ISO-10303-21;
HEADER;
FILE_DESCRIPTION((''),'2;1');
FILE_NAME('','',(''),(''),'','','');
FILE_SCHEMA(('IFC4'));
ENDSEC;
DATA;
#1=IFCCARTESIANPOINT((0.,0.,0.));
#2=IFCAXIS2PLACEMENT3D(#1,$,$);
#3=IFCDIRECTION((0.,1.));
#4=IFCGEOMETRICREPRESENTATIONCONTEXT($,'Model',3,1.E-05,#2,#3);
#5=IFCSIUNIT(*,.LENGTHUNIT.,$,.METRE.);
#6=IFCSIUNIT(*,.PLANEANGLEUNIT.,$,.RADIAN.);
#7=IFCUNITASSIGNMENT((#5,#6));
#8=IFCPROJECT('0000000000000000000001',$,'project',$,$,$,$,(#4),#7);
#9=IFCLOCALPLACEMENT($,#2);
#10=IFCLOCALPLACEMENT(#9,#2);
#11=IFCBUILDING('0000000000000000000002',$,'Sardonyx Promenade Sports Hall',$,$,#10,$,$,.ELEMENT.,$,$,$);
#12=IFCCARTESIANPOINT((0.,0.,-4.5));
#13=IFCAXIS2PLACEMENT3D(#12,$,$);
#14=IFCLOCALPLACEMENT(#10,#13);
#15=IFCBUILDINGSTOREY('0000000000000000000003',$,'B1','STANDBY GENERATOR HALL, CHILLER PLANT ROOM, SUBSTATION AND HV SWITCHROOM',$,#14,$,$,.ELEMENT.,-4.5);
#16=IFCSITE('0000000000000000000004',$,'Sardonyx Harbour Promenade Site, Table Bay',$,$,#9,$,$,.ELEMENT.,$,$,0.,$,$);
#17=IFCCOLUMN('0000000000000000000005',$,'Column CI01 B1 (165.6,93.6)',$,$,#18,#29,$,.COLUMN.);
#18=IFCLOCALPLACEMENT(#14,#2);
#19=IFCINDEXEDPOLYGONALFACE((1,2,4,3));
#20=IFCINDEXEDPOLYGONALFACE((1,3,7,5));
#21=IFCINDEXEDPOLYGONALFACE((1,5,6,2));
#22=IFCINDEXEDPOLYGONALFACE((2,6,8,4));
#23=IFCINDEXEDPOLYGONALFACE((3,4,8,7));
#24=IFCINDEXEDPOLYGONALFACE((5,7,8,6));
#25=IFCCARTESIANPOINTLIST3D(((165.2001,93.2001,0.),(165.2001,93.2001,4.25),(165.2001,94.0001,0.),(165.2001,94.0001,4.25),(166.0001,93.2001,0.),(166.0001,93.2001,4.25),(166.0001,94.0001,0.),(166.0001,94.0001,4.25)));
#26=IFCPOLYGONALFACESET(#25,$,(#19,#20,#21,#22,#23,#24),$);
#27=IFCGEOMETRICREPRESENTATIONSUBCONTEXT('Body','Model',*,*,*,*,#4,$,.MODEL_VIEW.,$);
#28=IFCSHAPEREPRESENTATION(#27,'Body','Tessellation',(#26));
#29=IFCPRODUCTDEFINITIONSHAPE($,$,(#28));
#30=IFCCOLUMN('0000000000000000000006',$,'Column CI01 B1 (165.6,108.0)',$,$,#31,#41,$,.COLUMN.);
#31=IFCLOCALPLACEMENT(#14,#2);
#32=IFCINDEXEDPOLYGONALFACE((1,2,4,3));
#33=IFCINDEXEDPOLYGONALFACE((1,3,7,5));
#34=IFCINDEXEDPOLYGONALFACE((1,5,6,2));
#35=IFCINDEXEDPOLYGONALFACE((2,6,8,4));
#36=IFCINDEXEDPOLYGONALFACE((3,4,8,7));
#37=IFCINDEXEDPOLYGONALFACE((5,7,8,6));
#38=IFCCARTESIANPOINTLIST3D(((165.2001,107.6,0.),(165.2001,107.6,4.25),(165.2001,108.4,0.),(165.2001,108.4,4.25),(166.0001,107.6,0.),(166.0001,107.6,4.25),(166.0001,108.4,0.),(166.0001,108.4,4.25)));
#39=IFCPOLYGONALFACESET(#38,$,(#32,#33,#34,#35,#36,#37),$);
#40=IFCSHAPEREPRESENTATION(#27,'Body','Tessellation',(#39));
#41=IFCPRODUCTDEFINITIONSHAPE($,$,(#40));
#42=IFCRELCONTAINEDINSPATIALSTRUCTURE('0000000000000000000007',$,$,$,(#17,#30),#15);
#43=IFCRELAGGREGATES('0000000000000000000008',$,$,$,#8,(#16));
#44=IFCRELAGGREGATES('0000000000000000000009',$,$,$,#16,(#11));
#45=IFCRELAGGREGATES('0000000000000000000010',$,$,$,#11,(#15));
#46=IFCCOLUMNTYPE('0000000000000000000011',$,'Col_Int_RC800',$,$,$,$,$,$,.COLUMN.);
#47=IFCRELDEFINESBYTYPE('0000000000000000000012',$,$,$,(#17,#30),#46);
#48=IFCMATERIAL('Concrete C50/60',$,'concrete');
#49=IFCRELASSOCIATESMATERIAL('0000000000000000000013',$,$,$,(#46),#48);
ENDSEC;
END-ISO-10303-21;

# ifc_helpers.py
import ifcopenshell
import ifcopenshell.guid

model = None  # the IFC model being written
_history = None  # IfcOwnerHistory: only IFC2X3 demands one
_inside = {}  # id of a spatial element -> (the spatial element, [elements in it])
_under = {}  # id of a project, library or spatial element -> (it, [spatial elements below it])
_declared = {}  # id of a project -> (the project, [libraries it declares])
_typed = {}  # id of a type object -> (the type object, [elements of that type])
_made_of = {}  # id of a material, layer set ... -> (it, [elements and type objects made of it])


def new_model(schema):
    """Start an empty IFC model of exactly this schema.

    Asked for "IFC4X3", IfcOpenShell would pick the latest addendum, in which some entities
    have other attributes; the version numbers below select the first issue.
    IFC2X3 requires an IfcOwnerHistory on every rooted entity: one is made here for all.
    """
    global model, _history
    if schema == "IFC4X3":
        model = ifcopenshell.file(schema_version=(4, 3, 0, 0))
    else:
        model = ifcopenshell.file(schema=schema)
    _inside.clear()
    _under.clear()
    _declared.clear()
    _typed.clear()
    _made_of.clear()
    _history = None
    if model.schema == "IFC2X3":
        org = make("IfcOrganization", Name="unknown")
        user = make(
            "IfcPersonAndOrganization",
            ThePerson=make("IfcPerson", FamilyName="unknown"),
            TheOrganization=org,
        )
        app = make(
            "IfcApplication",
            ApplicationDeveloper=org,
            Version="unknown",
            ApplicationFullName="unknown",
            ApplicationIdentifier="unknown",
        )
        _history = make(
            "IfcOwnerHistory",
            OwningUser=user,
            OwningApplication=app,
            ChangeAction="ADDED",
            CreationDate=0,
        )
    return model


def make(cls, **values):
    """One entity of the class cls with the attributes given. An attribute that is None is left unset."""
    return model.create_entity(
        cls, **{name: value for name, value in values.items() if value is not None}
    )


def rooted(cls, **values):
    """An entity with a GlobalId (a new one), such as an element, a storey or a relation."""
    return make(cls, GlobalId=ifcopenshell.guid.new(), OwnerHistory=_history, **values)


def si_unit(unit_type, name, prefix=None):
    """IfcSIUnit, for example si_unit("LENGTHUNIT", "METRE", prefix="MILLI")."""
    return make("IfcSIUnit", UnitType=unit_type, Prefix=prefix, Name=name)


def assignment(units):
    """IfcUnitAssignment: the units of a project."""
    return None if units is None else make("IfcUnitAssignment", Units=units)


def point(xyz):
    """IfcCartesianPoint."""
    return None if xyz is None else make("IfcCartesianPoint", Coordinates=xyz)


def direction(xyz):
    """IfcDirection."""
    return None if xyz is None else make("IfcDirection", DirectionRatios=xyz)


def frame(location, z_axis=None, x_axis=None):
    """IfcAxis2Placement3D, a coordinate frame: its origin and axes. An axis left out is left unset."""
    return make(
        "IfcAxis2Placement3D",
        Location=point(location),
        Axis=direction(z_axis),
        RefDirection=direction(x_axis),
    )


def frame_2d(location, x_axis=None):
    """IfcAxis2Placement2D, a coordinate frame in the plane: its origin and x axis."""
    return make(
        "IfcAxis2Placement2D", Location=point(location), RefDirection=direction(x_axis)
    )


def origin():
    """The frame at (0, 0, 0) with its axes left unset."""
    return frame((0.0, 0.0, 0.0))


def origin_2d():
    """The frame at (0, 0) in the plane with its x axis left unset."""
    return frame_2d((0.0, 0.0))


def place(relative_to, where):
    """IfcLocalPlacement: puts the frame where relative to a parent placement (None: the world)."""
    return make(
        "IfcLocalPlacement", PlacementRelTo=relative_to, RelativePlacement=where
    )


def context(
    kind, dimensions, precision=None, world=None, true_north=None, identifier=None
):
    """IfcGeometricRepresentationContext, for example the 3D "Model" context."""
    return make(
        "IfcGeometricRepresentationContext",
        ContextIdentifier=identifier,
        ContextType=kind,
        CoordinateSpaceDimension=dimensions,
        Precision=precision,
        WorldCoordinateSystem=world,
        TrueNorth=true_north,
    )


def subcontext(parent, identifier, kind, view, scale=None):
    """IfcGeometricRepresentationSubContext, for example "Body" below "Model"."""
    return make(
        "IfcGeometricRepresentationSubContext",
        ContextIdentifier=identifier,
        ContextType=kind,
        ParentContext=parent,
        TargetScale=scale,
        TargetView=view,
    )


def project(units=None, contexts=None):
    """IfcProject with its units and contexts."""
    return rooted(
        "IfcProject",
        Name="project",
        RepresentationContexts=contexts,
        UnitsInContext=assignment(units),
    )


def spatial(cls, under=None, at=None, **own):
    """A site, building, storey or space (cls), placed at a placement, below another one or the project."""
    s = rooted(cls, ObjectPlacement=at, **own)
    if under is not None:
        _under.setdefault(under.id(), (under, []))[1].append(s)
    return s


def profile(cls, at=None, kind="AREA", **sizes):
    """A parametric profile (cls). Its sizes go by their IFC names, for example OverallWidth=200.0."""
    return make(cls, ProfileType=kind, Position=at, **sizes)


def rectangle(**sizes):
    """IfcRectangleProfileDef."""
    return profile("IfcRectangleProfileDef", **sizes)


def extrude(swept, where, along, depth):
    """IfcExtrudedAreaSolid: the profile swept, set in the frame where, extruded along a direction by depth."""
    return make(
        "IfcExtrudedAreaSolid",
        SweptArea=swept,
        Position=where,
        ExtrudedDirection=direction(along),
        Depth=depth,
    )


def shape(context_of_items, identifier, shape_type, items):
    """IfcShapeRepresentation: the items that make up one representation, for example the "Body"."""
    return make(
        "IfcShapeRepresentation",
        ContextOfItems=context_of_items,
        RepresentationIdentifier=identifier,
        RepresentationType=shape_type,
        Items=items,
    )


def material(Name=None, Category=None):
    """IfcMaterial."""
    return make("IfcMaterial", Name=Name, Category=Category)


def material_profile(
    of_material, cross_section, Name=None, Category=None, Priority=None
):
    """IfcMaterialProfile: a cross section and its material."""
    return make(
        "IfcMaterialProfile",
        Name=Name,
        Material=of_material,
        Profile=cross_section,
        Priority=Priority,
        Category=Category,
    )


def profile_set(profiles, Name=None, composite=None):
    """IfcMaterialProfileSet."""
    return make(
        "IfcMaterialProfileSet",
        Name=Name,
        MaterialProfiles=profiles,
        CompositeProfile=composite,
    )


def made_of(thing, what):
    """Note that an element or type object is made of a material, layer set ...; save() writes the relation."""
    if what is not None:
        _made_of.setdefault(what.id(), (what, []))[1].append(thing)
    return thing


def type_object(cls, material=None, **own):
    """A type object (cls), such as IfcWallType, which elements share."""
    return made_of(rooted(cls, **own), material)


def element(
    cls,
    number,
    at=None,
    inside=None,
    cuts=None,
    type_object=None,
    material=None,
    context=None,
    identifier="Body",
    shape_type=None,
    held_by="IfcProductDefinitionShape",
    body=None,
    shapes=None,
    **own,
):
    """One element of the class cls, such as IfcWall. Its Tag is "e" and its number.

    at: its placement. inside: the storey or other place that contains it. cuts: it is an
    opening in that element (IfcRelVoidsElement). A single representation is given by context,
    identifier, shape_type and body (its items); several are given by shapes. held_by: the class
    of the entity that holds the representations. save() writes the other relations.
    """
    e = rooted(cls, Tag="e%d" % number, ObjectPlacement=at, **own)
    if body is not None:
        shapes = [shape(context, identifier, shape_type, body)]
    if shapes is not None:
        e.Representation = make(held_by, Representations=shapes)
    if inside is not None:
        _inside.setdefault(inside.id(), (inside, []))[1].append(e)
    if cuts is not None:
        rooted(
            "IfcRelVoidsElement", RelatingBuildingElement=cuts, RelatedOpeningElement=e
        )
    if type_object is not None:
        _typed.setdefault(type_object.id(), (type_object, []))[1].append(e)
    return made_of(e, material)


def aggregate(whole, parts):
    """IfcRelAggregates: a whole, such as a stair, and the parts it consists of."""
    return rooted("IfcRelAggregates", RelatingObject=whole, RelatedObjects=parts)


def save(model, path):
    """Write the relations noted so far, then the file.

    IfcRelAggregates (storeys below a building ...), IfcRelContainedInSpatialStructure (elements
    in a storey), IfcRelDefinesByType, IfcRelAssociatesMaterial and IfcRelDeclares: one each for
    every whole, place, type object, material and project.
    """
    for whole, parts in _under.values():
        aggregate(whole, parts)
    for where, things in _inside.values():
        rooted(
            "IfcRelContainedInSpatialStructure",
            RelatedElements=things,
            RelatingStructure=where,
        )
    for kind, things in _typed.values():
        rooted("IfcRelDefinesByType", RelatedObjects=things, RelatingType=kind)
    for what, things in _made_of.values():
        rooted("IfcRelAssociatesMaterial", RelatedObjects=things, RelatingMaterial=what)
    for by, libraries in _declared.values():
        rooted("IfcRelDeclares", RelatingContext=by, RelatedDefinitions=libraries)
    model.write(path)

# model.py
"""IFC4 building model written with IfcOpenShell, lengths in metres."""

from ifc_helpers import new_model, si_unit, direction, frame, origin, origin_2d, place, context, subcontext, project, spatial, rectangle, extrude, material, material_profile, profile_set, type_object, element, save


model = new_model("IFC4")

# Units and contexts
model_context = context("Model", 3, precision=1e-05, world=origin(), true_north=direction((0.0, 1.0)))
body_context = subcontext(model_context, "Body", "Model", "MODEL_VIEW")
ifc_project = project(units=[si_unit("LENGTHUNIT", "METRE"), si_unit("PLANEANGLEUNIT", "RADIAN")], contexts=[model_context])

# Site, building, storey
site_placement = place(None, origin())
site = spatial("IfcSite", under=ifc_project, at=site_placement, Name="Sardonyx Harbour Promenade Site, Table Bay", CompositionType="ELEMENT", RefElevation=0.0)
building_placement = place(site_placement, origin())
building = spatial("IfcBuilding", under=site, at=building_placement, Name="Sardonyx Promenade Sports Hall", CompositionType="ELEMENT")
storey_placement = place(building_placement, frame((0.0, 0.0, -4.5)))
storey = spatial("IfcBuildingStorey", under=building, at=storey_placement, Name="B1", Description="STANDBY GENERATOR HALL, CHILLER PLANT ROOM, SUBSTATION AND HV SWITCHROOM", CompositionType="ELEMENT", Elevation=-4.5)

# Columns
ifc_material_1 = material(Name="Concrete C50/60", Category="concrete")
ifc_material_profile_1 = material_profile(ifc_material_1, rectangle(XDim=0.8, YDim=0.8, at=origin_2d()))
ifc_profile_set_1 = profile_set([ifc_material_profile_1], Name="Concrete C50/60")
column_type_1 = type_object("IfcColumnType", Name="Col_Int_RC800", PredefinedType="COLUMN", material=ifc_profile_set_1)
for number, where, z_axis, x_axis, name in (
    (1, (165.6001, 93.6001, 0.0), (0.0, 0.0, 1.0), (1.0, 0.0, 0.0), "Column CI01 B1 (165.6,93.6)"),
    (2, (165.6001, 108.0, 0.0), (0.0, 0.0, 1.0), (1.0, 0.0, 0.0), "Column CI01 B1 (165.6,108.0)"),
):
    element("IfcColumn", number, at=place(storey_placement, frame(where, z_axis=z_axis, x_axis=x_axis)), inside=storey, type_object=column_type_1, Name=name, PredefinedType="COLUMN", context=body_context, shape_type="SweptSolid", body=[
        extrude(rectangle(XDim=0.8, YDim=0.8, at=origin_2d()), origin(), (0.0, 0.0, 1.0), 4.25),
    ])

save(model, "model.ifc")
